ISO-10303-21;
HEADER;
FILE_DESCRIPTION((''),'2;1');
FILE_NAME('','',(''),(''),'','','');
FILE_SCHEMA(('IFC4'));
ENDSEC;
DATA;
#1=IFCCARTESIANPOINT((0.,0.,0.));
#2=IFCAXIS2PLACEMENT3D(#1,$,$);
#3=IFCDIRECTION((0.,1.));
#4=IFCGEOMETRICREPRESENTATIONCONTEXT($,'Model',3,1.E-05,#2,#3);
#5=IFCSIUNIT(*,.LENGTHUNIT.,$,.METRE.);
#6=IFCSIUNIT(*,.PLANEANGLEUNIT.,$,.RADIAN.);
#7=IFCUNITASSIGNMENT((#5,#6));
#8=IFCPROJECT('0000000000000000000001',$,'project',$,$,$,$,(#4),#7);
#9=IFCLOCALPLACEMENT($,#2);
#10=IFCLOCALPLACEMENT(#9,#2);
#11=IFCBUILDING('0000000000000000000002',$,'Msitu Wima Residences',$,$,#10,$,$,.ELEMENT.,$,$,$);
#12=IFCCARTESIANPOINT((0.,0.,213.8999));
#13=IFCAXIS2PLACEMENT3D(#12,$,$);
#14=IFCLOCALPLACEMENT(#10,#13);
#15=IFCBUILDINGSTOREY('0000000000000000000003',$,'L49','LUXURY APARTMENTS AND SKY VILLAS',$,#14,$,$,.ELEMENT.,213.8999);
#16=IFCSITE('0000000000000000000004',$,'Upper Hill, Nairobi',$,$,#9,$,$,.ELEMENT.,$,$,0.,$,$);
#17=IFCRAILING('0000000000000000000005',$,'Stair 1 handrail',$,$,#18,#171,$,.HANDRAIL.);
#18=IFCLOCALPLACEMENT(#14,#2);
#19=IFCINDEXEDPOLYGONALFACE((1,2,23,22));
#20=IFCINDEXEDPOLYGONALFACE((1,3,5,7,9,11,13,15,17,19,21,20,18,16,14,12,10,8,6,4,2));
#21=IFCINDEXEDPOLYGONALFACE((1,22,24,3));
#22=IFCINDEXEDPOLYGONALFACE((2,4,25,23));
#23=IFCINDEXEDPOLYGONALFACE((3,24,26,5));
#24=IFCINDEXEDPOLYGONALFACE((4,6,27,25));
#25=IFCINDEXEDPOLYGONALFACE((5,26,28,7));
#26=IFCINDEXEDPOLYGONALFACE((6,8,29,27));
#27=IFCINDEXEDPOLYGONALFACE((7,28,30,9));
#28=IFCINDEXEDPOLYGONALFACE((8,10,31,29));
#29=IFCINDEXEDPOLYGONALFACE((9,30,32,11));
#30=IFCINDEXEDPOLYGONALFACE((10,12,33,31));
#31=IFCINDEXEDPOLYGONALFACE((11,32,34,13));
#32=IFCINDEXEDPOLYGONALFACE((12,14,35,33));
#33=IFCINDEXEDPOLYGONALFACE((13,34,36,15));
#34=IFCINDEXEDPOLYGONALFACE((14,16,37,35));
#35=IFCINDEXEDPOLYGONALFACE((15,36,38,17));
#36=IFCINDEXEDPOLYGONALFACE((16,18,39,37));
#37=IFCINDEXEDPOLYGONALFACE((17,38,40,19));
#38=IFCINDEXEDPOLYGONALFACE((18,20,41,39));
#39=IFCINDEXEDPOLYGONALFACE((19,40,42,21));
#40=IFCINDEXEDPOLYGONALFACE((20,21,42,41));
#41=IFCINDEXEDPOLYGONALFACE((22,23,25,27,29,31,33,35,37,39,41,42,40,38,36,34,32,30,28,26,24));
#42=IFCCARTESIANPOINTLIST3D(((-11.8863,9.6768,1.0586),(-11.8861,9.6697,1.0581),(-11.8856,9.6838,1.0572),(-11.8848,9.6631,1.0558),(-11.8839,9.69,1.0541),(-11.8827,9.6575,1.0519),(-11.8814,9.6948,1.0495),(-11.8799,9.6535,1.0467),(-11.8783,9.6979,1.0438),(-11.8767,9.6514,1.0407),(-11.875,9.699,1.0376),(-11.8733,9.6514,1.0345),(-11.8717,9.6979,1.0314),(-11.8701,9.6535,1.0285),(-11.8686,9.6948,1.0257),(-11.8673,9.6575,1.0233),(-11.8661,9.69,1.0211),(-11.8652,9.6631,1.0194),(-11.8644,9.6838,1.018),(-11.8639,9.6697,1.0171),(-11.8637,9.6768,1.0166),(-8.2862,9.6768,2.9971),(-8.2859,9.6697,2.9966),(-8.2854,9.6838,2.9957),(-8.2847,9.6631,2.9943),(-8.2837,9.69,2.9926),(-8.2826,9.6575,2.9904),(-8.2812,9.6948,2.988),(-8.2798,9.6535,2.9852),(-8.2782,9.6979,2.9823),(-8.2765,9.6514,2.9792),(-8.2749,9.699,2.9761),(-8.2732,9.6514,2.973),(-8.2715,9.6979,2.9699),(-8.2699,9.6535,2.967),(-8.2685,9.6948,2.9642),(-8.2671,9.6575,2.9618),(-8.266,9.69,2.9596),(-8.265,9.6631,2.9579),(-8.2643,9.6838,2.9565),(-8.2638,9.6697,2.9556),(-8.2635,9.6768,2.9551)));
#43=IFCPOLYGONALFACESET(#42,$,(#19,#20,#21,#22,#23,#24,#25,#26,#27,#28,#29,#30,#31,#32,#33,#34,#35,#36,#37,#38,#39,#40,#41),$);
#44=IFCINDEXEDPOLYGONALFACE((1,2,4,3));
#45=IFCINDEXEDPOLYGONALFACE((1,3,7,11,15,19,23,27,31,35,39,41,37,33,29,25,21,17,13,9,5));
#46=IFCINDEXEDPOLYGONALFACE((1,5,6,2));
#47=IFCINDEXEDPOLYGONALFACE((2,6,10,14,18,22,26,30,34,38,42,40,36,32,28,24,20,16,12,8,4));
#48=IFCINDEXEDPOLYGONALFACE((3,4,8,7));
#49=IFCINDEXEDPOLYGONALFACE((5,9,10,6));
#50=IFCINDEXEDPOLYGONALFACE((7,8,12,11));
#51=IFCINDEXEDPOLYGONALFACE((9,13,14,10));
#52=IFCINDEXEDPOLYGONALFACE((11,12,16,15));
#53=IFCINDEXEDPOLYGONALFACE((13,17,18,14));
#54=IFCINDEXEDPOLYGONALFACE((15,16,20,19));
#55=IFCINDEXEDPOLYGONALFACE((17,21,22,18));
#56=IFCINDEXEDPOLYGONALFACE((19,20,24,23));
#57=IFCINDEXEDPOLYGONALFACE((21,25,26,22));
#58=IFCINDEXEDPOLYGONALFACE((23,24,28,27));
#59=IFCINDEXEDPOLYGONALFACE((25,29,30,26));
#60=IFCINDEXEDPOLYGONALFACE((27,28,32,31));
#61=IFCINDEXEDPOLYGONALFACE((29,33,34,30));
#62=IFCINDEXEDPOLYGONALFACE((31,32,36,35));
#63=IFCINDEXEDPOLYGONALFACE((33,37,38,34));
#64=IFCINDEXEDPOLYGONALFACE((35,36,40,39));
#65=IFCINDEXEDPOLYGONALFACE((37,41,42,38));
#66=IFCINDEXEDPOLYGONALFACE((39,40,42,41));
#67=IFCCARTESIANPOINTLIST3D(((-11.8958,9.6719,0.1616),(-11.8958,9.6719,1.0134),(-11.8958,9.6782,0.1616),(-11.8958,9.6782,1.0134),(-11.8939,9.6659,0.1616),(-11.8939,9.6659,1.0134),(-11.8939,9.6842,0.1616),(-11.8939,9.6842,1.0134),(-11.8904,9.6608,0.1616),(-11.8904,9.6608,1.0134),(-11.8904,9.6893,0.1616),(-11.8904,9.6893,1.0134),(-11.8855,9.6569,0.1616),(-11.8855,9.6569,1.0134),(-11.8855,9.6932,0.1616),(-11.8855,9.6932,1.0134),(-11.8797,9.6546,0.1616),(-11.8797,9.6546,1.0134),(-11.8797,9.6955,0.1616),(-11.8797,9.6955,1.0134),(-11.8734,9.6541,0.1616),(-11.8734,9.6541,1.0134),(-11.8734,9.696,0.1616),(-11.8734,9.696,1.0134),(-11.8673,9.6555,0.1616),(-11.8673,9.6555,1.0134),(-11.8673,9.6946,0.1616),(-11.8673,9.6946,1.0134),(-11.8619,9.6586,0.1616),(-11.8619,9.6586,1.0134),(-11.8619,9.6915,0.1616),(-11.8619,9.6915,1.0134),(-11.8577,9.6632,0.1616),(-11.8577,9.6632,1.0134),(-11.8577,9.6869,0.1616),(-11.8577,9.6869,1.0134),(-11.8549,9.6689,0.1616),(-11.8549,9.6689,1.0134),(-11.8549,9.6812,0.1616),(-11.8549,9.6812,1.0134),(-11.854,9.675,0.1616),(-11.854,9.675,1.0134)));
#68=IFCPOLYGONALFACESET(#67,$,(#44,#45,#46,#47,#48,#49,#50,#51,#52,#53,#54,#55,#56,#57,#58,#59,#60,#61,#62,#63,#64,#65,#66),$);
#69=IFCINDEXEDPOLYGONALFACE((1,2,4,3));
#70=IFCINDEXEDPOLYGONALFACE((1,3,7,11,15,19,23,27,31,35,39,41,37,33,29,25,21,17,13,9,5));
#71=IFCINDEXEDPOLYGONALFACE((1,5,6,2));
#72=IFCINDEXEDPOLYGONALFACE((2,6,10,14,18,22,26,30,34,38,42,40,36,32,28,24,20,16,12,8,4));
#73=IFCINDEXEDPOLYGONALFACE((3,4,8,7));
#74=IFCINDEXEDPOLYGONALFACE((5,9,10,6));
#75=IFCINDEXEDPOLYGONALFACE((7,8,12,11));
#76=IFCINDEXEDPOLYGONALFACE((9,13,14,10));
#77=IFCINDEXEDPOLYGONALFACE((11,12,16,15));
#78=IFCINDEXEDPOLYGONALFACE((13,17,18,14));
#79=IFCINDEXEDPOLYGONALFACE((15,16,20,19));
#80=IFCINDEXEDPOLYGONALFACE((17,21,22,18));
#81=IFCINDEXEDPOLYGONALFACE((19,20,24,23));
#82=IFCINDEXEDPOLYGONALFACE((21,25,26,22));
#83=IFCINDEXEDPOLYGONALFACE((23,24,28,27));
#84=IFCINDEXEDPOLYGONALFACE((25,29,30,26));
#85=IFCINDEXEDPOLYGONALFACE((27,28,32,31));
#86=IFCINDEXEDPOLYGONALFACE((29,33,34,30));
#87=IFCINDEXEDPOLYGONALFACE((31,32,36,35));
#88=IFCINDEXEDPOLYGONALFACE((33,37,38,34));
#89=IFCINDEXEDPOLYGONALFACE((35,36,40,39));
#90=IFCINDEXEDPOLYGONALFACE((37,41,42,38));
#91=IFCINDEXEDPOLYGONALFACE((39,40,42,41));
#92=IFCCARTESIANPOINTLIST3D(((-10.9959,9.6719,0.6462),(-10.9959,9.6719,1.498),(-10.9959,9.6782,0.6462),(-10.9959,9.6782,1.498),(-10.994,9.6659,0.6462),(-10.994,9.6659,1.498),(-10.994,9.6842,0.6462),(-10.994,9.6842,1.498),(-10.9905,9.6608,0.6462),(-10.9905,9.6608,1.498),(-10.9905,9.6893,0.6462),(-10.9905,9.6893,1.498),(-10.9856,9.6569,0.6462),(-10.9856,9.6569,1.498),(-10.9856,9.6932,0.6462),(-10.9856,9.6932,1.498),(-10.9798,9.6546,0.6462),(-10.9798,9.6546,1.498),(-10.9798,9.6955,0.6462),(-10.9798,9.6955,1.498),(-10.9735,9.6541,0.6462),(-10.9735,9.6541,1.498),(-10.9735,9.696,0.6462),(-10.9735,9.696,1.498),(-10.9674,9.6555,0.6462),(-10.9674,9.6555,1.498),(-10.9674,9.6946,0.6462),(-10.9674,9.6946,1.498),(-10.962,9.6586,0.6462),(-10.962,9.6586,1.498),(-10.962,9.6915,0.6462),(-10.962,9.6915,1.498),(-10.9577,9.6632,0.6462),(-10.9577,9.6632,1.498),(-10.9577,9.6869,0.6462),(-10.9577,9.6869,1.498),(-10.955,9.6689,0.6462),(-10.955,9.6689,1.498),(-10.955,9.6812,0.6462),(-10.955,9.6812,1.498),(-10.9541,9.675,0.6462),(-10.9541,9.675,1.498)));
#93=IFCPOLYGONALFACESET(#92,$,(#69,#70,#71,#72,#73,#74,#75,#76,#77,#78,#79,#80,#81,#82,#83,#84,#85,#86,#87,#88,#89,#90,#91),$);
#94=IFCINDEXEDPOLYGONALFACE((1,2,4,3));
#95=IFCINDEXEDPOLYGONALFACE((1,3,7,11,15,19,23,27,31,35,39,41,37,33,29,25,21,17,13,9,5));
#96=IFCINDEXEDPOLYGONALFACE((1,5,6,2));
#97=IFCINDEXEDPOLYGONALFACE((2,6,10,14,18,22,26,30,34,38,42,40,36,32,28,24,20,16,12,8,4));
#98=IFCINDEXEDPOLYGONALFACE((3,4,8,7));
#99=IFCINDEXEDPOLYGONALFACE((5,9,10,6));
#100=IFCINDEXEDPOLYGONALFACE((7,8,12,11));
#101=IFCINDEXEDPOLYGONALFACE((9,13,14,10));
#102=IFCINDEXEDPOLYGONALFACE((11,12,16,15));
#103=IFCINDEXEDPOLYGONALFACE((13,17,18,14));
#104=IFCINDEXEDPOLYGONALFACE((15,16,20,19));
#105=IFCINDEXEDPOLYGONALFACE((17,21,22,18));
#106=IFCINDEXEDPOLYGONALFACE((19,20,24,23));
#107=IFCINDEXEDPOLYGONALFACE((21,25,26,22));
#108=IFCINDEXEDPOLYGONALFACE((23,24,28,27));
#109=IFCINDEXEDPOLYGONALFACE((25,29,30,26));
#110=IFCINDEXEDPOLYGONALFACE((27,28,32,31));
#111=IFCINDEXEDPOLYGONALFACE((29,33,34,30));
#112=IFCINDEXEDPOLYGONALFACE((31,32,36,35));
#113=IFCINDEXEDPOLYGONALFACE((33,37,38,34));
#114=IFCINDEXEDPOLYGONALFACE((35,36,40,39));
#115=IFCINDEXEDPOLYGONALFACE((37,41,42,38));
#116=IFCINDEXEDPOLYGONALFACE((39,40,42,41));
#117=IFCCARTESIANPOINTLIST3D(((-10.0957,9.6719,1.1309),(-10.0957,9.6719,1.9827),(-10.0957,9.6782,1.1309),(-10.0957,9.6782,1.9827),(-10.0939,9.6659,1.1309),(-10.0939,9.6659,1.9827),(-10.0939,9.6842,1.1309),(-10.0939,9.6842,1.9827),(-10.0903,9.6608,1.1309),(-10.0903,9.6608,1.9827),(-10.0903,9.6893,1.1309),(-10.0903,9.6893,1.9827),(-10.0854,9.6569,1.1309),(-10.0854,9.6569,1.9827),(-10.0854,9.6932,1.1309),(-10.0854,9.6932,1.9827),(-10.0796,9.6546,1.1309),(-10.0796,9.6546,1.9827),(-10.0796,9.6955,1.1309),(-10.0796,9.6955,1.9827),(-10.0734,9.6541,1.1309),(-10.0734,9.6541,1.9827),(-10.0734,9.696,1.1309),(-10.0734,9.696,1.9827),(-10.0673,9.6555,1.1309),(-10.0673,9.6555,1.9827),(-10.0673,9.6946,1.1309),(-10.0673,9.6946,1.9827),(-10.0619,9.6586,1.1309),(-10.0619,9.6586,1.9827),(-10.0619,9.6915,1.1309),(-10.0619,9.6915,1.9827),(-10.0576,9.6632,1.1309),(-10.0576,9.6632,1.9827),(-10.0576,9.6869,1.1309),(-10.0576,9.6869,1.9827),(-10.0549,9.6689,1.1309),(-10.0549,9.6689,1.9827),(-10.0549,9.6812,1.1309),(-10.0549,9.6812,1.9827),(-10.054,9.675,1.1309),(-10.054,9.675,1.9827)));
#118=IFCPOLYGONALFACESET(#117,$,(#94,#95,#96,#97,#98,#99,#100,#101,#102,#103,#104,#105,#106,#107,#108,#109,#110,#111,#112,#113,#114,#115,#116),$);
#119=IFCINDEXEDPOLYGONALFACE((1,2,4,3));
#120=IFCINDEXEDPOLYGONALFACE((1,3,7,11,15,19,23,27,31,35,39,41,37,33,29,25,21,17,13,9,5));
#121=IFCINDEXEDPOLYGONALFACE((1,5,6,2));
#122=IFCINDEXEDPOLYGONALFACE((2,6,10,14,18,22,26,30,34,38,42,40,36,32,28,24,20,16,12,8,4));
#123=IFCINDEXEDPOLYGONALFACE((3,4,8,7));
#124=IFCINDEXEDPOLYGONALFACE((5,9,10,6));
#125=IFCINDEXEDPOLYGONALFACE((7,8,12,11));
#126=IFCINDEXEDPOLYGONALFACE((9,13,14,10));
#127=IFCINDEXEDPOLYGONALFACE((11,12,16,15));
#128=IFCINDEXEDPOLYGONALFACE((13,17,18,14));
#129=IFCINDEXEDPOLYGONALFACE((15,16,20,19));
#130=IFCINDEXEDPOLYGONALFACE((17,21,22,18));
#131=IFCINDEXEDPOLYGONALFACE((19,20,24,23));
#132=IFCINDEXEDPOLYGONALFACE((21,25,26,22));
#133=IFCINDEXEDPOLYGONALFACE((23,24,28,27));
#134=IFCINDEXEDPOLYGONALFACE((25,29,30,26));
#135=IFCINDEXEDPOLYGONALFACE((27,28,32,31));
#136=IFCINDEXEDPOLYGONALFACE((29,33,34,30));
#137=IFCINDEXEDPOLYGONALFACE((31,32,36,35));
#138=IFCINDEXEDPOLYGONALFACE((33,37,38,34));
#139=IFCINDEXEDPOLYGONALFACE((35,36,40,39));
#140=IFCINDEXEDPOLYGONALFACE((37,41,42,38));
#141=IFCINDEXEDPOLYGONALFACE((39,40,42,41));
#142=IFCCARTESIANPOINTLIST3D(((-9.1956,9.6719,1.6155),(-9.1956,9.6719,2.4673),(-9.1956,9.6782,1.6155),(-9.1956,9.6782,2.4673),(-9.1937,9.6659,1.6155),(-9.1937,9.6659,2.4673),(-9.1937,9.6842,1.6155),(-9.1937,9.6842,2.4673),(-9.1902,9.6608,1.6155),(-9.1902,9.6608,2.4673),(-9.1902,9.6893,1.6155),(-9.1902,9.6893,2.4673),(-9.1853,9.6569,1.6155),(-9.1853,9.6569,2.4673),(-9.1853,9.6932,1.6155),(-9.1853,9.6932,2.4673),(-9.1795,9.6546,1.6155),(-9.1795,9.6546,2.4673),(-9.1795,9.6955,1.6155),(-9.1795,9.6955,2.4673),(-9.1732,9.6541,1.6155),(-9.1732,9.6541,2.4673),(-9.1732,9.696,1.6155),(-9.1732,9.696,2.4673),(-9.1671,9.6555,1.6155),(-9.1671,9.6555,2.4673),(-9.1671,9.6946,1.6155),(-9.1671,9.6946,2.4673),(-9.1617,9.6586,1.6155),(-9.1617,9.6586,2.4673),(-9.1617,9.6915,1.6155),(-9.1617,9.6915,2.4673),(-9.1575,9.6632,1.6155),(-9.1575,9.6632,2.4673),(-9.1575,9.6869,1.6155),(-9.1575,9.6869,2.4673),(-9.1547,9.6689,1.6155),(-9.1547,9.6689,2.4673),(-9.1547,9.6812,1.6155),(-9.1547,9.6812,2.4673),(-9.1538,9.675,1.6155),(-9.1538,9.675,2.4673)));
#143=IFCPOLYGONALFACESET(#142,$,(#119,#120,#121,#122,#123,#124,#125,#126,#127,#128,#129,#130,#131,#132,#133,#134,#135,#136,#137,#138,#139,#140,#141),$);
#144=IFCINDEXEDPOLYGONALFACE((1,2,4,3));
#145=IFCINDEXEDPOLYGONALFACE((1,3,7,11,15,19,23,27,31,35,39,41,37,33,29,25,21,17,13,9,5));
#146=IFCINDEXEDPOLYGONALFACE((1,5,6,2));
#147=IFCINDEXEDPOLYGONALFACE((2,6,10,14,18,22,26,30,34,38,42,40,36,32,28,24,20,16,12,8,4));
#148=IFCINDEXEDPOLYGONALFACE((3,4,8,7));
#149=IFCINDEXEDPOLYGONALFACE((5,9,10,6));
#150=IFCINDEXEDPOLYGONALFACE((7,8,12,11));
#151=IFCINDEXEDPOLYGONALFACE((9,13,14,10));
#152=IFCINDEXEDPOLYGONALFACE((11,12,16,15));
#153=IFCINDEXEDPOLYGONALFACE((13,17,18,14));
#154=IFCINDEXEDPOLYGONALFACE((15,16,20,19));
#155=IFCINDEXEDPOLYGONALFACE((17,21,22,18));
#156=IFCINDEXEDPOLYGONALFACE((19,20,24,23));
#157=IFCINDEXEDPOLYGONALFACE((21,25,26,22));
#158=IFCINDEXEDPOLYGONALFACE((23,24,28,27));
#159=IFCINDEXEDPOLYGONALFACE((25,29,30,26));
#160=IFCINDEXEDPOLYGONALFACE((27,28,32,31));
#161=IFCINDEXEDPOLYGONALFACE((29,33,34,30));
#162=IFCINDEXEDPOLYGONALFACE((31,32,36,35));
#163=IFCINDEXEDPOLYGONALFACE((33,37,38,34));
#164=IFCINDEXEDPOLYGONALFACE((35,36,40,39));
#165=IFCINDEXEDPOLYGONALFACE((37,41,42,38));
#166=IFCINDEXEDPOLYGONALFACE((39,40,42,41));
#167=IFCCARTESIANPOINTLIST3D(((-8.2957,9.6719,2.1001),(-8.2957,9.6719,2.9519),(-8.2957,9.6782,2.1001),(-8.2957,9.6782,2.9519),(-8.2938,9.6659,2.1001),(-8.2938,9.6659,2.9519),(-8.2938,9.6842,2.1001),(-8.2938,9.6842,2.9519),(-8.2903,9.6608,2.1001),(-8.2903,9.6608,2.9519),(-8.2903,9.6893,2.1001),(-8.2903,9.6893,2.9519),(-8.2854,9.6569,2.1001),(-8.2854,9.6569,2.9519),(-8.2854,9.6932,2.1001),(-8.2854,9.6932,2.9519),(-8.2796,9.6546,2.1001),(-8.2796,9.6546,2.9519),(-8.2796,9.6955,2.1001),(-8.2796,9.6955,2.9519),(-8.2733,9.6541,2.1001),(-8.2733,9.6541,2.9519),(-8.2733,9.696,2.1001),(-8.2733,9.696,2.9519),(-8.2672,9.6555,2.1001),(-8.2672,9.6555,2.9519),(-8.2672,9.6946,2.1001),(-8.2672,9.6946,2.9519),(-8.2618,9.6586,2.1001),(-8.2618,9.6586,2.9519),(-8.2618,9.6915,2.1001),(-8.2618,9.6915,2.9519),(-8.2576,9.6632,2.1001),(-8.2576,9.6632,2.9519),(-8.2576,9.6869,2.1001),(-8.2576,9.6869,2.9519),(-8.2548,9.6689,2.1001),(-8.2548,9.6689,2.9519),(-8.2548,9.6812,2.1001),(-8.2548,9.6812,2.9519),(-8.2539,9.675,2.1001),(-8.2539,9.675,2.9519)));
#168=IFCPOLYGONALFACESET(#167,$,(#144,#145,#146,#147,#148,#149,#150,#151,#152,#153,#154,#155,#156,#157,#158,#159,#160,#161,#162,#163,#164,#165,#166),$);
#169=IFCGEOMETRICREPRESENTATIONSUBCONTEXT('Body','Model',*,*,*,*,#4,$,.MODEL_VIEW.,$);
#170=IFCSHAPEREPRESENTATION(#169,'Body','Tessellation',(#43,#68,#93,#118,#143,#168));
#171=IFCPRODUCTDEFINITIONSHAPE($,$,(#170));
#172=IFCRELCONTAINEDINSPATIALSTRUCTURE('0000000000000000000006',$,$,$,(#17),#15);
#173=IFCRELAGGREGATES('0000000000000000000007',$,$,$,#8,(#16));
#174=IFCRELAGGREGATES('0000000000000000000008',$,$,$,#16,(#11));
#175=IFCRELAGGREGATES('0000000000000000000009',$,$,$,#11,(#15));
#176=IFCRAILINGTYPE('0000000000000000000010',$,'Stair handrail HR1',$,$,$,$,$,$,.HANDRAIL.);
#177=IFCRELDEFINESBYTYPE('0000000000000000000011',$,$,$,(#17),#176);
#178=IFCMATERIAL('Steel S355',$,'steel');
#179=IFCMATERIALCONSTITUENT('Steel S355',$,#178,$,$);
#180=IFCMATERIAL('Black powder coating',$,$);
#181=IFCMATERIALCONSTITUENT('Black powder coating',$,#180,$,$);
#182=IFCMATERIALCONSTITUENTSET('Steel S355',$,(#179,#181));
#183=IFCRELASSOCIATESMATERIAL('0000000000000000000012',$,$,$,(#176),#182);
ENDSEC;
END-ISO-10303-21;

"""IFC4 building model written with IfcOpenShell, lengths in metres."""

from ifc_helpers import new_model, si_unit, direction, frame, origin, origin_2d, place, context, subcontext, project, spatial, circle, extrude, material, constituent, constituent_set, type_object, element, save


model = new_model("IFC4")

# Units and contexts
model_context = context("Model", 3, precision=1e-05, world=origin(), true_north=direction((0.0, 1.0)))
body_context = subcontext(model_context, "Body", "Model", "MODEL_VIEW")
ifc_project = project(units=[si_unit("LENGTHUNIT", "METRE"), si_unit("PLANEANGLEUNIT", "RADIAN")], contexts=[model_context])

# Site, building, storey
site_placement = place(None, origin())
site = spatial("IfcSite", under=ifc_project, at=site_placement, Name="Upper Hill, Nairobi", CompositionType="ELEMENT", RefElevation=0.0)
building_placement = place(site_placement, origin())
building = spatial("IfcBuilding", under=site, at=building_placement, Name="Msitu Wima Residences", CompositionType="ELEMENT")
storey_placement = place(building_placement, frame((0.0, 0.0, 213.8999)))
storey = spatial("IfcBuildingStorey", under=building, at=storey_placement, Name="L49", Description="LUXURY APARTMENTS AND SKY VILLAS", CompositionType="ELEMENT", Elevation=213.8999)

# Railing
ifc_material_1 = material(Name="Steel S355", Category="steel")
ifc_constituent_1 = constituent(ifc_material_1, Name="Steel S355")
ifc_material_2 = material(Name="Black powder coating")
ifc_constituent_2 = constituent(ifc_material_2, Name="Black powder coating")
ifc_constituent_set = constituent_set(constituents=[ifc_constituent_1, ifc_constituent_2], Name="Steel S355")
railing_type = type_object("IfcRailingType", Name="Stair handrail HR1", PredefinedType="HANDRAIL", material=ifc_constituent_set)
for number, where, name in (
    (1, (-11.875, 9.675, 0.1616), "Stair 1 handrail"),
):
    element("IfcRailing", number, at=place(storey_placement, frame(where)), inside=storey, type_object=railing_type, Name=name, PredefinedType="HANDRAIL", context=body_context, shape_type="SweptSolid", body=[
        extrude(circle(Radius=0.0239, at=origin_2d()), frame((0.0, 0.0, 0.876), z_axis=(0.880475, 0.0, 0.474093), x_axis=(0.0, 1.0, 0.0)), (0.0, 0.0, 1.0), 4.0889),
        extrude(circle(Radius=0.021, at=origin_2d()), origin(), (0.0, 0.0, 1.0), 0.8518),
        extrude(circle(Radius=0.021, at=origin_2d()), frame((0.8999, 0.0, 0.4846)), (0.0, 0.0, 1.0), 0.8518),
        extrude(circle(Radius=0.021, at=origin_2d()), frame((1.8, 0.0, 0.9692)), (0.0, 0.0, 1.0), 0.8518),
        extrude(circle(Radius=0.021, at=origin_2d()), frame((2.7002, 0.0, 1.4539)), (0.0, 0.0, 1.0), 0.8518),
        extrude(circle(Radius=0.021, at=origin_2d()), frame((3.6001, 0.0, 1.9385)), (0.0, 0.0, 1.0), 0.8518),
    ])

save(model, "model.ifc")
